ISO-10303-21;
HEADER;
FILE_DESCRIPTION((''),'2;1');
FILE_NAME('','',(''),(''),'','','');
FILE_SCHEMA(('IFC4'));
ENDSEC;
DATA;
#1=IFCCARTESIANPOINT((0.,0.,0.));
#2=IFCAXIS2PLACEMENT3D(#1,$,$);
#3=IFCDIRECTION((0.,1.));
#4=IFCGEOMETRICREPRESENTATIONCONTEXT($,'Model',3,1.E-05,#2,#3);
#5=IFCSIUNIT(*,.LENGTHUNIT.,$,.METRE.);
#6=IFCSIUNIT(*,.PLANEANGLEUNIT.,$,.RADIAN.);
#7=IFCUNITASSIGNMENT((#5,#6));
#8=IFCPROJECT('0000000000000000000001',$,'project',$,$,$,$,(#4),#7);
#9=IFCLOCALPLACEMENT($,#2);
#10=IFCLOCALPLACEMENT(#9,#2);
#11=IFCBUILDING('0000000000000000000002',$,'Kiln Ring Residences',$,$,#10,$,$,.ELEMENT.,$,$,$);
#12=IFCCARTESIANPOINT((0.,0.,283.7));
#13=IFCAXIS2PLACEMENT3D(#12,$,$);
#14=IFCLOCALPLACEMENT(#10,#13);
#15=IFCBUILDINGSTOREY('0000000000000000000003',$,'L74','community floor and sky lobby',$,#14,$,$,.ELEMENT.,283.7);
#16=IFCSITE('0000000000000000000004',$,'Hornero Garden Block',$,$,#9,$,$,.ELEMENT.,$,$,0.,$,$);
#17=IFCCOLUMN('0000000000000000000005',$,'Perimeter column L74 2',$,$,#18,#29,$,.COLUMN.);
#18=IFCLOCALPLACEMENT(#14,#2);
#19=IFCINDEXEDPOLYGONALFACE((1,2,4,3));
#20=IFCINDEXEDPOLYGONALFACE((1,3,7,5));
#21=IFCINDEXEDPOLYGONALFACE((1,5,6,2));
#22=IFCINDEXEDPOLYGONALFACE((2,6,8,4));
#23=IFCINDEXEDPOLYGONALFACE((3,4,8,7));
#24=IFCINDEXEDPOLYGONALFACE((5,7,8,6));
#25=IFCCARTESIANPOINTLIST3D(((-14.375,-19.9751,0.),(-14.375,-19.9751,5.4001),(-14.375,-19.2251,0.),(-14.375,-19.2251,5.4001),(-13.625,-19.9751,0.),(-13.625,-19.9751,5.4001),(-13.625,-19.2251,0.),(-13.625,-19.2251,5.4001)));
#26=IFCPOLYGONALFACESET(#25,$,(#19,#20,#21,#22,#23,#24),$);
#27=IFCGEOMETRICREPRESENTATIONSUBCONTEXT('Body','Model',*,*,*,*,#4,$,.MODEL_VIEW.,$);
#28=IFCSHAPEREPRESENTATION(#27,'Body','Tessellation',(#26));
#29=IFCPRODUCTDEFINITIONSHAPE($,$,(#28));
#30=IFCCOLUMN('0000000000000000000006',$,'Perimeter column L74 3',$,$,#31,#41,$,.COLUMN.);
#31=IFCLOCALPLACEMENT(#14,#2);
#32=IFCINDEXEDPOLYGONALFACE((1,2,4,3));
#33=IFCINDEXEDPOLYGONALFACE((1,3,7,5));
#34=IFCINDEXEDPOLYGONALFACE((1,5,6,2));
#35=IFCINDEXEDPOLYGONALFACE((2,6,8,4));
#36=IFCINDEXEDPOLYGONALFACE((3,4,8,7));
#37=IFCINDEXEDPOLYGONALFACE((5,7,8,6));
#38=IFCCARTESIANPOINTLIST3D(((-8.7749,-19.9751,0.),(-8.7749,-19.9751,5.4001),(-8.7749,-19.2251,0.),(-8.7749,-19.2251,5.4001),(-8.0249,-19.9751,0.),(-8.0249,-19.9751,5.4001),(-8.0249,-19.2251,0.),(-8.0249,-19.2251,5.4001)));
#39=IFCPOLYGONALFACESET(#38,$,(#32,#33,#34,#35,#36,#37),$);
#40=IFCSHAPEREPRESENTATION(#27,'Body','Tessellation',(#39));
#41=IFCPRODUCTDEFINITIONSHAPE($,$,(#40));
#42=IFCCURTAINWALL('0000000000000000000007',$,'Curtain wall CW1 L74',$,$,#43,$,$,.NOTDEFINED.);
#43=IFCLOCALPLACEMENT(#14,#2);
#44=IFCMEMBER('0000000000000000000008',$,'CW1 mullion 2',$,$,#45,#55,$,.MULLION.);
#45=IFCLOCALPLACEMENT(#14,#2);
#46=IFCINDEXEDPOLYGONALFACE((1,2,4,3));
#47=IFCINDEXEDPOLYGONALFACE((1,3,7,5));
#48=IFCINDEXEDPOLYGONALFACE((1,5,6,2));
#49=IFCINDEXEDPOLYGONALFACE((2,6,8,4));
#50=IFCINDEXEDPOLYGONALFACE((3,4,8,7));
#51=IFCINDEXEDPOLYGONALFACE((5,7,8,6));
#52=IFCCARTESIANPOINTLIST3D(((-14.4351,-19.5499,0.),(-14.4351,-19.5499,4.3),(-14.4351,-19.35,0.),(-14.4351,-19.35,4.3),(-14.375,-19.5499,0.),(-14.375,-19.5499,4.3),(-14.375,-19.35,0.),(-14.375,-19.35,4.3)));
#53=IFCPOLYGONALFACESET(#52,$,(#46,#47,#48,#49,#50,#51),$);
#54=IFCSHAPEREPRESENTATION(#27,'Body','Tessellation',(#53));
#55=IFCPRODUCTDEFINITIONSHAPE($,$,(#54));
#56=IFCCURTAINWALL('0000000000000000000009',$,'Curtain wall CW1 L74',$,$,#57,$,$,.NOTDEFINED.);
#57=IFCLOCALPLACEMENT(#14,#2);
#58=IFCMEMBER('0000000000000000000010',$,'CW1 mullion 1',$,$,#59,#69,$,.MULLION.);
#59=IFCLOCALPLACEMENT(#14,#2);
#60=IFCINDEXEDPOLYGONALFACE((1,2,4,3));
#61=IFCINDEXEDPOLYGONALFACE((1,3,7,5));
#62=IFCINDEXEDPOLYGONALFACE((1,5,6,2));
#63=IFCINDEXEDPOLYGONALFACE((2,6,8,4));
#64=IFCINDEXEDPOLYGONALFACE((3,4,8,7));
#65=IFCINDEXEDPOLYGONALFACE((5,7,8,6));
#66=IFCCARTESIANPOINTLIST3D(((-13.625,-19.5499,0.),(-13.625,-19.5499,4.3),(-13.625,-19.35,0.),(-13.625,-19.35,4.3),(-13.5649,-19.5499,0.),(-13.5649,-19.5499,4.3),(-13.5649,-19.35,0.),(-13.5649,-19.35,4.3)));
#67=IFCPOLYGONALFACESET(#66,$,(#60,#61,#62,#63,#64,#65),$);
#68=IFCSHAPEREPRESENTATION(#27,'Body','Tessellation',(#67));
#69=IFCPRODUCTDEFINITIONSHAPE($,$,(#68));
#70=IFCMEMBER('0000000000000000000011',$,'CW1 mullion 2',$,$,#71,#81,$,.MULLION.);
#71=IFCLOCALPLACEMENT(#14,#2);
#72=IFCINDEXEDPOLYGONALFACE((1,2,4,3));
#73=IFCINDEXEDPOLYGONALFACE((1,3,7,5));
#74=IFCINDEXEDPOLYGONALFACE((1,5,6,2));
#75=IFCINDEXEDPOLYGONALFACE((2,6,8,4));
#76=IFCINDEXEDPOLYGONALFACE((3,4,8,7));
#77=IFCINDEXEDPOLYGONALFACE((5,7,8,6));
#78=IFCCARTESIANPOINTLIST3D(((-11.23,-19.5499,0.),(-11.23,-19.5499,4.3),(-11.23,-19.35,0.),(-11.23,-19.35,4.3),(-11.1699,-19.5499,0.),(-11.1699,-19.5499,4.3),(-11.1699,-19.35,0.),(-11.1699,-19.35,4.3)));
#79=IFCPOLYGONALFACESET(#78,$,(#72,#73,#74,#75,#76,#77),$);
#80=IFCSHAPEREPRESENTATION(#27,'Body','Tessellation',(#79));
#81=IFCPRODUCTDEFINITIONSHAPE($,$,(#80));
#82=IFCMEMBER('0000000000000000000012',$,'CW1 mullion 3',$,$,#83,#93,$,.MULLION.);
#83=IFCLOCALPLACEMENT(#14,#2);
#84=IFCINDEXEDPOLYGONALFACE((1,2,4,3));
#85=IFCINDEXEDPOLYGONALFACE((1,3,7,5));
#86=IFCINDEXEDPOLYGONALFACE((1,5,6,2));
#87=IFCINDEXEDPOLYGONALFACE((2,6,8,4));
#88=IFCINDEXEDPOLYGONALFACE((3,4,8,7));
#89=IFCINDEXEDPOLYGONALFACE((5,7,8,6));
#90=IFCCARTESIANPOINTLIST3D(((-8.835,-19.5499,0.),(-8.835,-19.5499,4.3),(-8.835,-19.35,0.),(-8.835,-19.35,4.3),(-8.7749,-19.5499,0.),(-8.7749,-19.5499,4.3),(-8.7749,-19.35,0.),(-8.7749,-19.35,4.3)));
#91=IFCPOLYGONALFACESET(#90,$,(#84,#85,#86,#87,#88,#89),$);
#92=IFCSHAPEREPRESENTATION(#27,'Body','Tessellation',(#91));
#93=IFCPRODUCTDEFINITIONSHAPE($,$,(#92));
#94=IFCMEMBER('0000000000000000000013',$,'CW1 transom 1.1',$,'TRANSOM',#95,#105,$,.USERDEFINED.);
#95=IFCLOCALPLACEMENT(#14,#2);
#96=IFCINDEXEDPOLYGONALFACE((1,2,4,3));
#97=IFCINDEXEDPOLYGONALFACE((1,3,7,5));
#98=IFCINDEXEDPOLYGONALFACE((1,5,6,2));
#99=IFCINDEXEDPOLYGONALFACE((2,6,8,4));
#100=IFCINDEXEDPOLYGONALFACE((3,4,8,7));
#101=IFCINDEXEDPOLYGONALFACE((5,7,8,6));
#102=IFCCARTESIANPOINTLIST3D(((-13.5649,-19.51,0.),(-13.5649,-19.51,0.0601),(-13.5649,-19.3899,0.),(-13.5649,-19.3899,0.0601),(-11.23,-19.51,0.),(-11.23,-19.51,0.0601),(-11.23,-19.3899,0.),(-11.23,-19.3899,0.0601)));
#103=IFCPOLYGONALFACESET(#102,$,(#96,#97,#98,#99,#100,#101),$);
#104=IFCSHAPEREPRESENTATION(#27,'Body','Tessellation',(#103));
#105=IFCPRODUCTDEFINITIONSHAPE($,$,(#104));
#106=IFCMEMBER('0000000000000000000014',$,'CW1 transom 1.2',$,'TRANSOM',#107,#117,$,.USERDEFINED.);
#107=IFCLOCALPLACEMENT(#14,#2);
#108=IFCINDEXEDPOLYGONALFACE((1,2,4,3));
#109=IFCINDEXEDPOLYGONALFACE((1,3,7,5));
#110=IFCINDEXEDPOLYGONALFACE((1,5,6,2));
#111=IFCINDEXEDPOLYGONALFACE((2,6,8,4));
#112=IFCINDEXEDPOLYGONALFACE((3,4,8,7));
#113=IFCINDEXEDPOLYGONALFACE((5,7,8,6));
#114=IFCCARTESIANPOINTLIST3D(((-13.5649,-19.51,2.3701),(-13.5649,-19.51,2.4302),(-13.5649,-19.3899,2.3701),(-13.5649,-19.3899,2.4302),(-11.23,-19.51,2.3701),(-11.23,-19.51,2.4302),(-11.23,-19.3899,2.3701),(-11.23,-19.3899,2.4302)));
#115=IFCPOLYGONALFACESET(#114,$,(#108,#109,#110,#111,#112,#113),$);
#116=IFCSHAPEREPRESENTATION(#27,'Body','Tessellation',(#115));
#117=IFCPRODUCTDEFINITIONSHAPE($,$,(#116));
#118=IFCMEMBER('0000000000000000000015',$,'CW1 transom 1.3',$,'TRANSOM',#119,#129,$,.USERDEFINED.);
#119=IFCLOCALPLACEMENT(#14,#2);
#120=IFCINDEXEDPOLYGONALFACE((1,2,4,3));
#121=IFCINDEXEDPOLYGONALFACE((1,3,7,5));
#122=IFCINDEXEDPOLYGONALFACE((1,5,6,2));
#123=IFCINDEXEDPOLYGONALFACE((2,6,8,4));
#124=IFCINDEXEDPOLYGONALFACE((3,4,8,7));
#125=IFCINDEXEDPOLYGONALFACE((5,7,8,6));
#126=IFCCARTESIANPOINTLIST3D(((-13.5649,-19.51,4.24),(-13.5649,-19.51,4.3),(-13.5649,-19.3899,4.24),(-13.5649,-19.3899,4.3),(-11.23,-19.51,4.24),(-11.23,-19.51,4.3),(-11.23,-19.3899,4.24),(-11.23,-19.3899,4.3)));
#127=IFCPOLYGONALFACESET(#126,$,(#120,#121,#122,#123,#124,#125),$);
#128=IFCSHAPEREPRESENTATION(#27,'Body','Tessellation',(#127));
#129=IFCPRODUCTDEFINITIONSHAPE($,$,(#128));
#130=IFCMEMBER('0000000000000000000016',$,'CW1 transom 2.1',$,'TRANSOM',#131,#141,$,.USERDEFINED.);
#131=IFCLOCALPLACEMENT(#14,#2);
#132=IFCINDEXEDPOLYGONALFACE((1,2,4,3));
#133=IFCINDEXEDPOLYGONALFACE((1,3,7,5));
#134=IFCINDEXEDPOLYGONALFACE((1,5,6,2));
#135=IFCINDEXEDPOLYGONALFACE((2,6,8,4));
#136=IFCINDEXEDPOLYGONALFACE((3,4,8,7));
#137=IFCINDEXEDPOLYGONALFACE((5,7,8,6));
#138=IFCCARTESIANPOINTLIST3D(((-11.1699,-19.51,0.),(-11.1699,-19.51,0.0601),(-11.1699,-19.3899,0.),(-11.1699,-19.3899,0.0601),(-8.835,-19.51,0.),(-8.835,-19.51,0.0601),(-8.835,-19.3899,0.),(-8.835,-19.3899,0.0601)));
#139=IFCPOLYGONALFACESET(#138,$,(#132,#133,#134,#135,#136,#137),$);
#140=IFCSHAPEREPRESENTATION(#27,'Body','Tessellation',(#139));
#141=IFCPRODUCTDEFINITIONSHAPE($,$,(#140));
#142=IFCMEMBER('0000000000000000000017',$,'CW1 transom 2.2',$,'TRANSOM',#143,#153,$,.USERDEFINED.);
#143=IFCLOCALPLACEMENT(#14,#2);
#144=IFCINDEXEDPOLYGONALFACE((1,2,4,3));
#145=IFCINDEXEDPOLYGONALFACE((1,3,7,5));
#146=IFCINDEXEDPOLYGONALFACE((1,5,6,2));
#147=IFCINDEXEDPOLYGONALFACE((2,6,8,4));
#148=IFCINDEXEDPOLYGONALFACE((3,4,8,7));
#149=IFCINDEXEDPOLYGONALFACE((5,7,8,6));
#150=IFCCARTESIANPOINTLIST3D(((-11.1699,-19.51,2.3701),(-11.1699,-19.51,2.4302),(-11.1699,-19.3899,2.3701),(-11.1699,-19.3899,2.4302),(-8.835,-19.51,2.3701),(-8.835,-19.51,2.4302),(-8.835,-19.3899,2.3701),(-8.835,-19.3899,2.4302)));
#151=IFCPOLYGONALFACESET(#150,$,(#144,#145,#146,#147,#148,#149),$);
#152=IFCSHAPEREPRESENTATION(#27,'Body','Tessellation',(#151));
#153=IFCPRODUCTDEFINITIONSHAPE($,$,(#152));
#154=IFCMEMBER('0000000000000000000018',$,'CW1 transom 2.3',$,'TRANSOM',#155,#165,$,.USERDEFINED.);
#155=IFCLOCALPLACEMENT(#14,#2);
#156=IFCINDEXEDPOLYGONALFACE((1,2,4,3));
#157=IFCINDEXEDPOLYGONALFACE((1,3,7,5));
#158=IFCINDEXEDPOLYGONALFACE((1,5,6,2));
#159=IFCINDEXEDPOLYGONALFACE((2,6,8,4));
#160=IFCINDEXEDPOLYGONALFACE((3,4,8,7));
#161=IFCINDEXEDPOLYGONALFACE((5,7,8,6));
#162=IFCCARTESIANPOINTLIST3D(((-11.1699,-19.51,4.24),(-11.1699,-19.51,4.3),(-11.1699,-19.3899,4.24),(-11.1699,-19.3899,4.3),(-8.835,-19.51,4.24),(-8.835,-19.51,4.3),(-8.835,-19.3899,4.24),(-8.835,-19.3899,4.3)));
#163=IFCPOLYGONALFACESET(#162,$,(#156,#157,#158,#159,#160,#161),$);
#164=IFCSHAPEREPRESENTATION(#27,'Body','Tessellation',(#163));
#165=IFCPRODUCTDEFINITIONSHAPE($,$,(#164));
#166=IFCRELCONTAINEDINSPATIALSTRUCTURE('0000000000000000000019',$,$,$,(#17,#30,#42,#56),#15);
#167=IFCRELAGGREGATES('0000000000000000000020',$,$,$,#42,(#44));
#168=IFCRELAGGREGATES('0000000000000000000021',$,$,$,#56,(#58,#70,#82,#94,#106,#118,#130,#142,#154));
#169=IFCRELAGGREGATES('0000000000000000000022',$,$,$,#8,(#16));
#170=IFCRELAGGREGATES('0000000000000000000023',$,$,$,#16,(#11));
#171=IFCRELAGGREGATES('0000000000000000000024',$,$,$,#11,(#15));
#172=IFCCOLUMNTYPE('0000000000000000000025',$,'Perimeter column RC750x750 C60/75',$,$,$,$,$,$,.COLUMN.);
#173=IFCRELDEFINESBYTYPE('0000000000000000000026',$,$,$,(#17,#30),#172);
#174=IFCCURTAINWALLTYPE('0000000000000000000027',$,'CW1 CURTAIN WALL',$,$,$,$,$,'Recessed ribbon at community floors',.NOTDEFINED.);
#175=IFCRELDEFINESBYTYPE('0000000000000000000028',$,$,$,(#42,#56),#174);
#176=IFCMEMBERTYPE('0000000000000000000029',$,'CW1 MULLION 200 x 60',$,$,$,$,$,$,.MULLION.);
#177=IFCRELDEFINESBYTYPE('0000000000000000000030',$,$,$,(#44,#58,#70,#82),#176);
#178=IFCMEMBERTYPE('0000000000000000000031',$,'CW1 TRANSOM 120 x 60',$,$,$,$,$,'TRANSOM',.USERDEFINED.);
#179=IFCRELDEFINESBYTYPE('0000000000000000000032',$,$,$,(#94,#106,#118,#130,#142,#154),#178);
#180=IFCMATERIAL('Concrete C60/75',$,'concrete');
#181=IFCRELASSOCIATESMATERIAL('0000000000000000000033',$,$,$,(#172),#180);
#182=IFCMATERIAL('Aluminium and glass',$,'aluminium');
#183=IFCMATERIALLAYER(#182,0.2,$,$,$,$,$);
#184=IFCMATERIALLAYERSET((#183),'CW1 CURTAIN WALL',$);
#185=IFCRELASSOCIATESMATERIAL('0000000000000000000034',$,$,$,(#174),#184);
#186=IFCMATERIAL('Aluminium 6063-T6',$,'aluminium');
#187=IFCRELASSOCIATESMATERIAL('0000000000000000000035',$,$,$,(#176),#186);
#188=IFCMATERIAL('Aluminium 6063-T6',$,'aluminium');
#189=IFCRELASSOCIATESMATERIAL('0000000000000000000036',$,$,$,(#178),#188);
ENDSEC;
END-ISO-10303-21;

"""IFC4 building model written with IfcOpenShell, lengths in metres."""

from ifc_helpers import new_model, si_unit, direction, frame, origin, origin_2d, place, context, subcontext, project, spatial, rectangle, extrude, material, layer, layer_set, material_profile, profile_set, type_object, element, aggregate, save


model = new_model("IFC4")

# Units and contexts
model_context = context("Model", 3, precision=1e-05, world=origin(), true_north=direction((0.0, 1.0)))
body_context = subcontext(model_context, "Body", "Model", "MODEL_VIEW")
ifc_project = project(units=[si_unit("LENGTHUNIT", "METRE"), si_unit("PLANEANGLEUNIT", "RADIAN")], contexts=[model_context])

# Site, building, storey
site_placement = place(None, origin())
site = spatial("IfcSite", under=ifc_project, at=site_placement, Name="Hornero Garden Block", CompositionType="ELEMENT", RefElevation=0.0)
building_placement = place(site_placement, origin())
building = spatial("IfcBuilding", under=site, at=building_placement, Name="Kiln Ring Residences", CompositionType="ELEMENT")
storey_placement = place(building_placement, frame((0.0, 0.0, 283.7)))
storey = spatial("IfcBuildingStorey", under=building, at=storey_placement, Name="L74", Description="community floor and sky lobby", CompositionType="ELEMENT", Elevation=283.7)

# Columns
ifc_material_1 = material(Name="Concrete C60/75", Category="concrete")
ifc_material_profile_1 = material_profile(ifc_material_1, rectangle(XDim=0.75, YDim=0.75, at=origin_2d()), Name="RC750x750")
ifc_profile_set_1 = profile_set([ifc_material_profile_1], Name="Concrete C60/75")
column_type = type_object("IfcColumnType", Name="Perimeter column RC750x750 C60/75", PredefinedType="COLUMN", material=ifc_profile_set_1)
for number, where, z_axis, x_axis, name in (
    (1, (-14.0, -19.6001, 0.0), (0.0, 0.0, 1.0), (1.0, 0.0, 0.0), "Perimeter column L74 2"),
    (2, (-8.3999, -19.6001, 0.0), (0.0, 0.0, 1.0), (1.0, 0.0, 0.0), "Perimeter column L74 3"),
):
    element("IfcColumn", number, at=place(storey_placement, frame(where, z_axis=z_axis, x_axis=x_axis)), inside=storey, type_object=column_type, Name=name, PredefinedType="COLUMN", context=body_context, shape_type="SweptSolid", body=[
        extrude(rectangle(XDim=0.75, YDim=0.75, at=origin_2d()), origin(), (0.0, 0.0, 1.0), 5.4001),
    ])

# Curtain wall, member
ifc_material_2 = material(Name="Aluminium and glass", Category="aluminium")
ifc_layer_1 = layer(ifc_material_2, 0.2)
ifc_layer_set_1 = layer_set([ifc_layer_1], Name="CW1 CURTAIN WALL")
curtain_wall_type = type_object("IfcCurtainWallType", Name="CW1 CURTAIN WALL", ElementType="Recessed ribbon at community floors", PredefinedType="NOTDEFINED", material=ifc_layer_set_1)
placement = place(storey_placement, origin())
curtain_wall_1 = element("IfcCurtainWall", 3, at=placement, inside=storey, type_object=curtain_wall_type, Name="Curtain wall CW1 L74", PredefinedType="NOTDEFINED")
ifc_material_3 = material(Name="Aluminium 6063-T6", Category="aluminium")
ifc_material_profile_2 = material_profile(ifc_material_3, rectangle(XDim=0.2, YDim=0.0601, at=origin_2d()), Name="AL 200x60")
ifc_profile_set_2 = profile_set([ifc_material_profile_2], Name="Aluminium 6063-T6")
member_type_1 = type_object("IfcMemberType", Name="CW1 MULLION 200 x 60", PredefinedType="MULLION", material=ifc_profile_set_2)
member_1_placement = place(storey_placement, frame((-14.405, -19.45, 0.0), z_axis=(0.0, 0.0, 1.0), x_axis=(0.0, 1.0, 0.0)))
member_1 = element("IfcMember", 4, at=member_1_placement, type_object=member_type_1, Name="CW1 mullion 2", PredefinedType="MULLION", context=body_context, shape_type="SweptSolid", body=[
    extrude(rectangle(XDim=0.2, YDim=0.0601, at=origin_2d()), origin(), (0.0, 0.0, 1.0), 4.3),
])
aggregate(curtain_wall_1, [member_1])

# Curtain wall, members
curtain_wall_2 = element("IfcCurtainWall", 5, at=placement, inside=storey, type_object=curtain_wall_type, Name="Curtain wall CW1 L74", PredefinedType="NOTDEFINED")
member_2_placement = place(storey_placement, frame((-13.595, -19.45, 0.0), z_axis=(0.0, 0.0, 1.0), x_axis=(0.0, 1.0, 0.0)))
member_2 = element("IfcMember", 6, at=member_2_placement, type_object=member_type_1, Name="CW1 mullion 1", PredefinedType="MULLION", context=body_context, shape_type="SweptSolid", body=[
    extrude(rectangle(XDim=0.2, YDim=0.0601, at=origin_2d()), origin(), (0.0, 0.0, 1.0), 4.3),
])
member_3_placement = place(storey_placement, frame((-11.2, -19.45, 0.0), z_axis=(0.0, 0.0, 1.0), x_axis=(0.0, 1.0, 0.0)))
member_3 = element("IfcMember", 7, at=member_3_placement, type_object=member_type_1, Name="CW1 mullion 2", PredefinedType="MULLION", context=body_context, shape_type="SweptSolid", body=[
    extrude(rectangle(XDim=0.2, YDim=0.0601, at=origin_2d()), origin(), (0.0, 0.0, 1.0), 4.3),
])
member_4_placement = place(storey_placement, frame((-8.8049, -19.45, 0.0), z_axis=(0.0, 0.0, 1.0), x_axis=(0.0, 1.0, 0.0)))
member_4 = element("IfcMember", 8, at=member_4_placement, type_object=member_type_1, Name="CW1 mullion 3", PredefinedType="MULLION", context=body_context, shape_type="SweptSolid", body=[
    extrude(rectangle(XDim=0.2, YDim=0.0601, at=origin_2d()), origin(), (0.0, 0.0, 1.0), 4.3),
])
ifc_material_4 = material(Name="Aluminium 6063-T6", Category="aluminium")
ifc_material_profile_3 = material_profile(ifc_material_4, rectangle(XDim=0.1201, YDim=0.0601, at=origin_2d()), Name="AL 120x60")
ifc_profile_set_3 = profile_set([ifc_material_profile_3], Name="Aluminium 6063-T6")
member_type_2 = type_object("IfcMemberType", Name="CW1 TRANSOM 120 x 60", ElementType="TRANSOM", PredefinedType="USERDEFINED", material=ifc_profile_set_3)
member_5_placement = place(storey_placement, frame((-13.5649, -19.45, 0.03), z_axis=(1.0, 0.0, 0.0), x_axis=(0.0, 1.0, 0.0)))
member_5 = element("IfcMember", 9, at=member_5_placement, type_object=member_type_2, Name="CW1 transom 1.1", ObjectType="TRANSOM", PredefinedType="USERDEFINED", context=body_context, shape_type="SweptSolid", body=[
    extrude(rectangle(XDim=0.1201, YDim=0.0601, at=origin_2d()), origin(), (0.0, 0.0, 1.0), 2.335),
])
member_6_placement = place(storey_placement, frame((-13.5649, -19.45, 2.4001), z_axis=(1.0, 0.0, 0.0), x_axis=(0.0, 1.0, 0.0)))
member_6 = element("IfcMember", 10, at=member_6_placement, type_object=member_type_2, Name="CW1 transom 1.2", ObjectType="TRANSOM", PredefinedType="USERDEFINED", context=body_context, shape_type="SweptSolid", body=[
    extrude(rectangle(XDim=0.1201, YDim=0.0601, at=origin_2d()), origin(), (0.0, 0.0, 1.0), 2.335),
])
member_7_placement = place(storey_placement, frame((-13.5649, -19.45, 4.27), z_axis=(1.0, 0.0, 0.0), x_axis=(0.0, 1.0, 0.0)))
member_7 = element("IfcMember", 11, at=member_7_placement, type_object=member_type_2, Name="CW1 transom 1.3", ObjectType="TRANSOM", PredefinedType="USERDEFINED", context=body_context, shape_type="SweptSolid", body=[
    extrude(rectangle(XDim=0.1201, YDim=0.0601, at=origin_2d()), origin(), (0.0, 0.0, 1.0), 2.335),
])
member_8_placement = place(storey_placement, frame((-11.1699, -19.45, 0.03), z_axis=(1.0, 0.0, 0.0), x_axis=(0.0, 1.0, 0.0)))
member_8 = element("IfcMember", 12, at=member_8_placement, type_object=member_type_2, Name="CW1 transom 2.1", ObjectType="TRANSOM", PredefinedType="USERDEFINED", context=body_context, shape_type="SweptSolid", body=[
    extrude(rectangle(XDim=0.1201, YDim=0.0601, at=origin_2d()), origin(), (0.0, 0.0, 1.0), 2.335),
])
member_9_placement = place(storey_placement, frame((-11.1699, -19.45, 2.4001), z_axis=(1.0, 0.0, 0.0), x_axis=(0.0, 1.0, 0.0)))
member_9 = element("IfcMember", 13, at=member_9_placement, type_object=member_type_2, Name="CW1 transom 2.2", ObjectType="TRANSOM", PredefinedType="USERDEFINED", context=body_context, shape_type="SweptSolid", body=[
    extrude(rectangle(XDim=0.1201, YDim=0.0601, at=origin_2d()), origin(), (0.0, 0.0, 1.0), 2.335),
])
member_10_placement = place(storey_placement, frame((-11.1699, -19.45, 4.27), z_axis=(1.0, 0.0, 0.0), x_axis=(0.0, 1.0, 0.0)))
member_10 = element("IfcMember", 14, at=member_10_placement, type_object=member_type_2, Name="CW1 transom 2.3", ObjectType="TRANSOM", PredefinedType="USERDEFINED", context=body_context, shape_type="SweptSolid", body=[
    extrude(rectangle(XDim=0.1201, YDim=0.0601, at=origin_2d()), origin(), (0.0, 0.0, 1.0), 2.335),
])

aggregate(curtain_wall_2, [member_2, member_3, member_4, member_5, member_6, member_7, member_8, member_9, member_10])

save(model, "model.ifc")
